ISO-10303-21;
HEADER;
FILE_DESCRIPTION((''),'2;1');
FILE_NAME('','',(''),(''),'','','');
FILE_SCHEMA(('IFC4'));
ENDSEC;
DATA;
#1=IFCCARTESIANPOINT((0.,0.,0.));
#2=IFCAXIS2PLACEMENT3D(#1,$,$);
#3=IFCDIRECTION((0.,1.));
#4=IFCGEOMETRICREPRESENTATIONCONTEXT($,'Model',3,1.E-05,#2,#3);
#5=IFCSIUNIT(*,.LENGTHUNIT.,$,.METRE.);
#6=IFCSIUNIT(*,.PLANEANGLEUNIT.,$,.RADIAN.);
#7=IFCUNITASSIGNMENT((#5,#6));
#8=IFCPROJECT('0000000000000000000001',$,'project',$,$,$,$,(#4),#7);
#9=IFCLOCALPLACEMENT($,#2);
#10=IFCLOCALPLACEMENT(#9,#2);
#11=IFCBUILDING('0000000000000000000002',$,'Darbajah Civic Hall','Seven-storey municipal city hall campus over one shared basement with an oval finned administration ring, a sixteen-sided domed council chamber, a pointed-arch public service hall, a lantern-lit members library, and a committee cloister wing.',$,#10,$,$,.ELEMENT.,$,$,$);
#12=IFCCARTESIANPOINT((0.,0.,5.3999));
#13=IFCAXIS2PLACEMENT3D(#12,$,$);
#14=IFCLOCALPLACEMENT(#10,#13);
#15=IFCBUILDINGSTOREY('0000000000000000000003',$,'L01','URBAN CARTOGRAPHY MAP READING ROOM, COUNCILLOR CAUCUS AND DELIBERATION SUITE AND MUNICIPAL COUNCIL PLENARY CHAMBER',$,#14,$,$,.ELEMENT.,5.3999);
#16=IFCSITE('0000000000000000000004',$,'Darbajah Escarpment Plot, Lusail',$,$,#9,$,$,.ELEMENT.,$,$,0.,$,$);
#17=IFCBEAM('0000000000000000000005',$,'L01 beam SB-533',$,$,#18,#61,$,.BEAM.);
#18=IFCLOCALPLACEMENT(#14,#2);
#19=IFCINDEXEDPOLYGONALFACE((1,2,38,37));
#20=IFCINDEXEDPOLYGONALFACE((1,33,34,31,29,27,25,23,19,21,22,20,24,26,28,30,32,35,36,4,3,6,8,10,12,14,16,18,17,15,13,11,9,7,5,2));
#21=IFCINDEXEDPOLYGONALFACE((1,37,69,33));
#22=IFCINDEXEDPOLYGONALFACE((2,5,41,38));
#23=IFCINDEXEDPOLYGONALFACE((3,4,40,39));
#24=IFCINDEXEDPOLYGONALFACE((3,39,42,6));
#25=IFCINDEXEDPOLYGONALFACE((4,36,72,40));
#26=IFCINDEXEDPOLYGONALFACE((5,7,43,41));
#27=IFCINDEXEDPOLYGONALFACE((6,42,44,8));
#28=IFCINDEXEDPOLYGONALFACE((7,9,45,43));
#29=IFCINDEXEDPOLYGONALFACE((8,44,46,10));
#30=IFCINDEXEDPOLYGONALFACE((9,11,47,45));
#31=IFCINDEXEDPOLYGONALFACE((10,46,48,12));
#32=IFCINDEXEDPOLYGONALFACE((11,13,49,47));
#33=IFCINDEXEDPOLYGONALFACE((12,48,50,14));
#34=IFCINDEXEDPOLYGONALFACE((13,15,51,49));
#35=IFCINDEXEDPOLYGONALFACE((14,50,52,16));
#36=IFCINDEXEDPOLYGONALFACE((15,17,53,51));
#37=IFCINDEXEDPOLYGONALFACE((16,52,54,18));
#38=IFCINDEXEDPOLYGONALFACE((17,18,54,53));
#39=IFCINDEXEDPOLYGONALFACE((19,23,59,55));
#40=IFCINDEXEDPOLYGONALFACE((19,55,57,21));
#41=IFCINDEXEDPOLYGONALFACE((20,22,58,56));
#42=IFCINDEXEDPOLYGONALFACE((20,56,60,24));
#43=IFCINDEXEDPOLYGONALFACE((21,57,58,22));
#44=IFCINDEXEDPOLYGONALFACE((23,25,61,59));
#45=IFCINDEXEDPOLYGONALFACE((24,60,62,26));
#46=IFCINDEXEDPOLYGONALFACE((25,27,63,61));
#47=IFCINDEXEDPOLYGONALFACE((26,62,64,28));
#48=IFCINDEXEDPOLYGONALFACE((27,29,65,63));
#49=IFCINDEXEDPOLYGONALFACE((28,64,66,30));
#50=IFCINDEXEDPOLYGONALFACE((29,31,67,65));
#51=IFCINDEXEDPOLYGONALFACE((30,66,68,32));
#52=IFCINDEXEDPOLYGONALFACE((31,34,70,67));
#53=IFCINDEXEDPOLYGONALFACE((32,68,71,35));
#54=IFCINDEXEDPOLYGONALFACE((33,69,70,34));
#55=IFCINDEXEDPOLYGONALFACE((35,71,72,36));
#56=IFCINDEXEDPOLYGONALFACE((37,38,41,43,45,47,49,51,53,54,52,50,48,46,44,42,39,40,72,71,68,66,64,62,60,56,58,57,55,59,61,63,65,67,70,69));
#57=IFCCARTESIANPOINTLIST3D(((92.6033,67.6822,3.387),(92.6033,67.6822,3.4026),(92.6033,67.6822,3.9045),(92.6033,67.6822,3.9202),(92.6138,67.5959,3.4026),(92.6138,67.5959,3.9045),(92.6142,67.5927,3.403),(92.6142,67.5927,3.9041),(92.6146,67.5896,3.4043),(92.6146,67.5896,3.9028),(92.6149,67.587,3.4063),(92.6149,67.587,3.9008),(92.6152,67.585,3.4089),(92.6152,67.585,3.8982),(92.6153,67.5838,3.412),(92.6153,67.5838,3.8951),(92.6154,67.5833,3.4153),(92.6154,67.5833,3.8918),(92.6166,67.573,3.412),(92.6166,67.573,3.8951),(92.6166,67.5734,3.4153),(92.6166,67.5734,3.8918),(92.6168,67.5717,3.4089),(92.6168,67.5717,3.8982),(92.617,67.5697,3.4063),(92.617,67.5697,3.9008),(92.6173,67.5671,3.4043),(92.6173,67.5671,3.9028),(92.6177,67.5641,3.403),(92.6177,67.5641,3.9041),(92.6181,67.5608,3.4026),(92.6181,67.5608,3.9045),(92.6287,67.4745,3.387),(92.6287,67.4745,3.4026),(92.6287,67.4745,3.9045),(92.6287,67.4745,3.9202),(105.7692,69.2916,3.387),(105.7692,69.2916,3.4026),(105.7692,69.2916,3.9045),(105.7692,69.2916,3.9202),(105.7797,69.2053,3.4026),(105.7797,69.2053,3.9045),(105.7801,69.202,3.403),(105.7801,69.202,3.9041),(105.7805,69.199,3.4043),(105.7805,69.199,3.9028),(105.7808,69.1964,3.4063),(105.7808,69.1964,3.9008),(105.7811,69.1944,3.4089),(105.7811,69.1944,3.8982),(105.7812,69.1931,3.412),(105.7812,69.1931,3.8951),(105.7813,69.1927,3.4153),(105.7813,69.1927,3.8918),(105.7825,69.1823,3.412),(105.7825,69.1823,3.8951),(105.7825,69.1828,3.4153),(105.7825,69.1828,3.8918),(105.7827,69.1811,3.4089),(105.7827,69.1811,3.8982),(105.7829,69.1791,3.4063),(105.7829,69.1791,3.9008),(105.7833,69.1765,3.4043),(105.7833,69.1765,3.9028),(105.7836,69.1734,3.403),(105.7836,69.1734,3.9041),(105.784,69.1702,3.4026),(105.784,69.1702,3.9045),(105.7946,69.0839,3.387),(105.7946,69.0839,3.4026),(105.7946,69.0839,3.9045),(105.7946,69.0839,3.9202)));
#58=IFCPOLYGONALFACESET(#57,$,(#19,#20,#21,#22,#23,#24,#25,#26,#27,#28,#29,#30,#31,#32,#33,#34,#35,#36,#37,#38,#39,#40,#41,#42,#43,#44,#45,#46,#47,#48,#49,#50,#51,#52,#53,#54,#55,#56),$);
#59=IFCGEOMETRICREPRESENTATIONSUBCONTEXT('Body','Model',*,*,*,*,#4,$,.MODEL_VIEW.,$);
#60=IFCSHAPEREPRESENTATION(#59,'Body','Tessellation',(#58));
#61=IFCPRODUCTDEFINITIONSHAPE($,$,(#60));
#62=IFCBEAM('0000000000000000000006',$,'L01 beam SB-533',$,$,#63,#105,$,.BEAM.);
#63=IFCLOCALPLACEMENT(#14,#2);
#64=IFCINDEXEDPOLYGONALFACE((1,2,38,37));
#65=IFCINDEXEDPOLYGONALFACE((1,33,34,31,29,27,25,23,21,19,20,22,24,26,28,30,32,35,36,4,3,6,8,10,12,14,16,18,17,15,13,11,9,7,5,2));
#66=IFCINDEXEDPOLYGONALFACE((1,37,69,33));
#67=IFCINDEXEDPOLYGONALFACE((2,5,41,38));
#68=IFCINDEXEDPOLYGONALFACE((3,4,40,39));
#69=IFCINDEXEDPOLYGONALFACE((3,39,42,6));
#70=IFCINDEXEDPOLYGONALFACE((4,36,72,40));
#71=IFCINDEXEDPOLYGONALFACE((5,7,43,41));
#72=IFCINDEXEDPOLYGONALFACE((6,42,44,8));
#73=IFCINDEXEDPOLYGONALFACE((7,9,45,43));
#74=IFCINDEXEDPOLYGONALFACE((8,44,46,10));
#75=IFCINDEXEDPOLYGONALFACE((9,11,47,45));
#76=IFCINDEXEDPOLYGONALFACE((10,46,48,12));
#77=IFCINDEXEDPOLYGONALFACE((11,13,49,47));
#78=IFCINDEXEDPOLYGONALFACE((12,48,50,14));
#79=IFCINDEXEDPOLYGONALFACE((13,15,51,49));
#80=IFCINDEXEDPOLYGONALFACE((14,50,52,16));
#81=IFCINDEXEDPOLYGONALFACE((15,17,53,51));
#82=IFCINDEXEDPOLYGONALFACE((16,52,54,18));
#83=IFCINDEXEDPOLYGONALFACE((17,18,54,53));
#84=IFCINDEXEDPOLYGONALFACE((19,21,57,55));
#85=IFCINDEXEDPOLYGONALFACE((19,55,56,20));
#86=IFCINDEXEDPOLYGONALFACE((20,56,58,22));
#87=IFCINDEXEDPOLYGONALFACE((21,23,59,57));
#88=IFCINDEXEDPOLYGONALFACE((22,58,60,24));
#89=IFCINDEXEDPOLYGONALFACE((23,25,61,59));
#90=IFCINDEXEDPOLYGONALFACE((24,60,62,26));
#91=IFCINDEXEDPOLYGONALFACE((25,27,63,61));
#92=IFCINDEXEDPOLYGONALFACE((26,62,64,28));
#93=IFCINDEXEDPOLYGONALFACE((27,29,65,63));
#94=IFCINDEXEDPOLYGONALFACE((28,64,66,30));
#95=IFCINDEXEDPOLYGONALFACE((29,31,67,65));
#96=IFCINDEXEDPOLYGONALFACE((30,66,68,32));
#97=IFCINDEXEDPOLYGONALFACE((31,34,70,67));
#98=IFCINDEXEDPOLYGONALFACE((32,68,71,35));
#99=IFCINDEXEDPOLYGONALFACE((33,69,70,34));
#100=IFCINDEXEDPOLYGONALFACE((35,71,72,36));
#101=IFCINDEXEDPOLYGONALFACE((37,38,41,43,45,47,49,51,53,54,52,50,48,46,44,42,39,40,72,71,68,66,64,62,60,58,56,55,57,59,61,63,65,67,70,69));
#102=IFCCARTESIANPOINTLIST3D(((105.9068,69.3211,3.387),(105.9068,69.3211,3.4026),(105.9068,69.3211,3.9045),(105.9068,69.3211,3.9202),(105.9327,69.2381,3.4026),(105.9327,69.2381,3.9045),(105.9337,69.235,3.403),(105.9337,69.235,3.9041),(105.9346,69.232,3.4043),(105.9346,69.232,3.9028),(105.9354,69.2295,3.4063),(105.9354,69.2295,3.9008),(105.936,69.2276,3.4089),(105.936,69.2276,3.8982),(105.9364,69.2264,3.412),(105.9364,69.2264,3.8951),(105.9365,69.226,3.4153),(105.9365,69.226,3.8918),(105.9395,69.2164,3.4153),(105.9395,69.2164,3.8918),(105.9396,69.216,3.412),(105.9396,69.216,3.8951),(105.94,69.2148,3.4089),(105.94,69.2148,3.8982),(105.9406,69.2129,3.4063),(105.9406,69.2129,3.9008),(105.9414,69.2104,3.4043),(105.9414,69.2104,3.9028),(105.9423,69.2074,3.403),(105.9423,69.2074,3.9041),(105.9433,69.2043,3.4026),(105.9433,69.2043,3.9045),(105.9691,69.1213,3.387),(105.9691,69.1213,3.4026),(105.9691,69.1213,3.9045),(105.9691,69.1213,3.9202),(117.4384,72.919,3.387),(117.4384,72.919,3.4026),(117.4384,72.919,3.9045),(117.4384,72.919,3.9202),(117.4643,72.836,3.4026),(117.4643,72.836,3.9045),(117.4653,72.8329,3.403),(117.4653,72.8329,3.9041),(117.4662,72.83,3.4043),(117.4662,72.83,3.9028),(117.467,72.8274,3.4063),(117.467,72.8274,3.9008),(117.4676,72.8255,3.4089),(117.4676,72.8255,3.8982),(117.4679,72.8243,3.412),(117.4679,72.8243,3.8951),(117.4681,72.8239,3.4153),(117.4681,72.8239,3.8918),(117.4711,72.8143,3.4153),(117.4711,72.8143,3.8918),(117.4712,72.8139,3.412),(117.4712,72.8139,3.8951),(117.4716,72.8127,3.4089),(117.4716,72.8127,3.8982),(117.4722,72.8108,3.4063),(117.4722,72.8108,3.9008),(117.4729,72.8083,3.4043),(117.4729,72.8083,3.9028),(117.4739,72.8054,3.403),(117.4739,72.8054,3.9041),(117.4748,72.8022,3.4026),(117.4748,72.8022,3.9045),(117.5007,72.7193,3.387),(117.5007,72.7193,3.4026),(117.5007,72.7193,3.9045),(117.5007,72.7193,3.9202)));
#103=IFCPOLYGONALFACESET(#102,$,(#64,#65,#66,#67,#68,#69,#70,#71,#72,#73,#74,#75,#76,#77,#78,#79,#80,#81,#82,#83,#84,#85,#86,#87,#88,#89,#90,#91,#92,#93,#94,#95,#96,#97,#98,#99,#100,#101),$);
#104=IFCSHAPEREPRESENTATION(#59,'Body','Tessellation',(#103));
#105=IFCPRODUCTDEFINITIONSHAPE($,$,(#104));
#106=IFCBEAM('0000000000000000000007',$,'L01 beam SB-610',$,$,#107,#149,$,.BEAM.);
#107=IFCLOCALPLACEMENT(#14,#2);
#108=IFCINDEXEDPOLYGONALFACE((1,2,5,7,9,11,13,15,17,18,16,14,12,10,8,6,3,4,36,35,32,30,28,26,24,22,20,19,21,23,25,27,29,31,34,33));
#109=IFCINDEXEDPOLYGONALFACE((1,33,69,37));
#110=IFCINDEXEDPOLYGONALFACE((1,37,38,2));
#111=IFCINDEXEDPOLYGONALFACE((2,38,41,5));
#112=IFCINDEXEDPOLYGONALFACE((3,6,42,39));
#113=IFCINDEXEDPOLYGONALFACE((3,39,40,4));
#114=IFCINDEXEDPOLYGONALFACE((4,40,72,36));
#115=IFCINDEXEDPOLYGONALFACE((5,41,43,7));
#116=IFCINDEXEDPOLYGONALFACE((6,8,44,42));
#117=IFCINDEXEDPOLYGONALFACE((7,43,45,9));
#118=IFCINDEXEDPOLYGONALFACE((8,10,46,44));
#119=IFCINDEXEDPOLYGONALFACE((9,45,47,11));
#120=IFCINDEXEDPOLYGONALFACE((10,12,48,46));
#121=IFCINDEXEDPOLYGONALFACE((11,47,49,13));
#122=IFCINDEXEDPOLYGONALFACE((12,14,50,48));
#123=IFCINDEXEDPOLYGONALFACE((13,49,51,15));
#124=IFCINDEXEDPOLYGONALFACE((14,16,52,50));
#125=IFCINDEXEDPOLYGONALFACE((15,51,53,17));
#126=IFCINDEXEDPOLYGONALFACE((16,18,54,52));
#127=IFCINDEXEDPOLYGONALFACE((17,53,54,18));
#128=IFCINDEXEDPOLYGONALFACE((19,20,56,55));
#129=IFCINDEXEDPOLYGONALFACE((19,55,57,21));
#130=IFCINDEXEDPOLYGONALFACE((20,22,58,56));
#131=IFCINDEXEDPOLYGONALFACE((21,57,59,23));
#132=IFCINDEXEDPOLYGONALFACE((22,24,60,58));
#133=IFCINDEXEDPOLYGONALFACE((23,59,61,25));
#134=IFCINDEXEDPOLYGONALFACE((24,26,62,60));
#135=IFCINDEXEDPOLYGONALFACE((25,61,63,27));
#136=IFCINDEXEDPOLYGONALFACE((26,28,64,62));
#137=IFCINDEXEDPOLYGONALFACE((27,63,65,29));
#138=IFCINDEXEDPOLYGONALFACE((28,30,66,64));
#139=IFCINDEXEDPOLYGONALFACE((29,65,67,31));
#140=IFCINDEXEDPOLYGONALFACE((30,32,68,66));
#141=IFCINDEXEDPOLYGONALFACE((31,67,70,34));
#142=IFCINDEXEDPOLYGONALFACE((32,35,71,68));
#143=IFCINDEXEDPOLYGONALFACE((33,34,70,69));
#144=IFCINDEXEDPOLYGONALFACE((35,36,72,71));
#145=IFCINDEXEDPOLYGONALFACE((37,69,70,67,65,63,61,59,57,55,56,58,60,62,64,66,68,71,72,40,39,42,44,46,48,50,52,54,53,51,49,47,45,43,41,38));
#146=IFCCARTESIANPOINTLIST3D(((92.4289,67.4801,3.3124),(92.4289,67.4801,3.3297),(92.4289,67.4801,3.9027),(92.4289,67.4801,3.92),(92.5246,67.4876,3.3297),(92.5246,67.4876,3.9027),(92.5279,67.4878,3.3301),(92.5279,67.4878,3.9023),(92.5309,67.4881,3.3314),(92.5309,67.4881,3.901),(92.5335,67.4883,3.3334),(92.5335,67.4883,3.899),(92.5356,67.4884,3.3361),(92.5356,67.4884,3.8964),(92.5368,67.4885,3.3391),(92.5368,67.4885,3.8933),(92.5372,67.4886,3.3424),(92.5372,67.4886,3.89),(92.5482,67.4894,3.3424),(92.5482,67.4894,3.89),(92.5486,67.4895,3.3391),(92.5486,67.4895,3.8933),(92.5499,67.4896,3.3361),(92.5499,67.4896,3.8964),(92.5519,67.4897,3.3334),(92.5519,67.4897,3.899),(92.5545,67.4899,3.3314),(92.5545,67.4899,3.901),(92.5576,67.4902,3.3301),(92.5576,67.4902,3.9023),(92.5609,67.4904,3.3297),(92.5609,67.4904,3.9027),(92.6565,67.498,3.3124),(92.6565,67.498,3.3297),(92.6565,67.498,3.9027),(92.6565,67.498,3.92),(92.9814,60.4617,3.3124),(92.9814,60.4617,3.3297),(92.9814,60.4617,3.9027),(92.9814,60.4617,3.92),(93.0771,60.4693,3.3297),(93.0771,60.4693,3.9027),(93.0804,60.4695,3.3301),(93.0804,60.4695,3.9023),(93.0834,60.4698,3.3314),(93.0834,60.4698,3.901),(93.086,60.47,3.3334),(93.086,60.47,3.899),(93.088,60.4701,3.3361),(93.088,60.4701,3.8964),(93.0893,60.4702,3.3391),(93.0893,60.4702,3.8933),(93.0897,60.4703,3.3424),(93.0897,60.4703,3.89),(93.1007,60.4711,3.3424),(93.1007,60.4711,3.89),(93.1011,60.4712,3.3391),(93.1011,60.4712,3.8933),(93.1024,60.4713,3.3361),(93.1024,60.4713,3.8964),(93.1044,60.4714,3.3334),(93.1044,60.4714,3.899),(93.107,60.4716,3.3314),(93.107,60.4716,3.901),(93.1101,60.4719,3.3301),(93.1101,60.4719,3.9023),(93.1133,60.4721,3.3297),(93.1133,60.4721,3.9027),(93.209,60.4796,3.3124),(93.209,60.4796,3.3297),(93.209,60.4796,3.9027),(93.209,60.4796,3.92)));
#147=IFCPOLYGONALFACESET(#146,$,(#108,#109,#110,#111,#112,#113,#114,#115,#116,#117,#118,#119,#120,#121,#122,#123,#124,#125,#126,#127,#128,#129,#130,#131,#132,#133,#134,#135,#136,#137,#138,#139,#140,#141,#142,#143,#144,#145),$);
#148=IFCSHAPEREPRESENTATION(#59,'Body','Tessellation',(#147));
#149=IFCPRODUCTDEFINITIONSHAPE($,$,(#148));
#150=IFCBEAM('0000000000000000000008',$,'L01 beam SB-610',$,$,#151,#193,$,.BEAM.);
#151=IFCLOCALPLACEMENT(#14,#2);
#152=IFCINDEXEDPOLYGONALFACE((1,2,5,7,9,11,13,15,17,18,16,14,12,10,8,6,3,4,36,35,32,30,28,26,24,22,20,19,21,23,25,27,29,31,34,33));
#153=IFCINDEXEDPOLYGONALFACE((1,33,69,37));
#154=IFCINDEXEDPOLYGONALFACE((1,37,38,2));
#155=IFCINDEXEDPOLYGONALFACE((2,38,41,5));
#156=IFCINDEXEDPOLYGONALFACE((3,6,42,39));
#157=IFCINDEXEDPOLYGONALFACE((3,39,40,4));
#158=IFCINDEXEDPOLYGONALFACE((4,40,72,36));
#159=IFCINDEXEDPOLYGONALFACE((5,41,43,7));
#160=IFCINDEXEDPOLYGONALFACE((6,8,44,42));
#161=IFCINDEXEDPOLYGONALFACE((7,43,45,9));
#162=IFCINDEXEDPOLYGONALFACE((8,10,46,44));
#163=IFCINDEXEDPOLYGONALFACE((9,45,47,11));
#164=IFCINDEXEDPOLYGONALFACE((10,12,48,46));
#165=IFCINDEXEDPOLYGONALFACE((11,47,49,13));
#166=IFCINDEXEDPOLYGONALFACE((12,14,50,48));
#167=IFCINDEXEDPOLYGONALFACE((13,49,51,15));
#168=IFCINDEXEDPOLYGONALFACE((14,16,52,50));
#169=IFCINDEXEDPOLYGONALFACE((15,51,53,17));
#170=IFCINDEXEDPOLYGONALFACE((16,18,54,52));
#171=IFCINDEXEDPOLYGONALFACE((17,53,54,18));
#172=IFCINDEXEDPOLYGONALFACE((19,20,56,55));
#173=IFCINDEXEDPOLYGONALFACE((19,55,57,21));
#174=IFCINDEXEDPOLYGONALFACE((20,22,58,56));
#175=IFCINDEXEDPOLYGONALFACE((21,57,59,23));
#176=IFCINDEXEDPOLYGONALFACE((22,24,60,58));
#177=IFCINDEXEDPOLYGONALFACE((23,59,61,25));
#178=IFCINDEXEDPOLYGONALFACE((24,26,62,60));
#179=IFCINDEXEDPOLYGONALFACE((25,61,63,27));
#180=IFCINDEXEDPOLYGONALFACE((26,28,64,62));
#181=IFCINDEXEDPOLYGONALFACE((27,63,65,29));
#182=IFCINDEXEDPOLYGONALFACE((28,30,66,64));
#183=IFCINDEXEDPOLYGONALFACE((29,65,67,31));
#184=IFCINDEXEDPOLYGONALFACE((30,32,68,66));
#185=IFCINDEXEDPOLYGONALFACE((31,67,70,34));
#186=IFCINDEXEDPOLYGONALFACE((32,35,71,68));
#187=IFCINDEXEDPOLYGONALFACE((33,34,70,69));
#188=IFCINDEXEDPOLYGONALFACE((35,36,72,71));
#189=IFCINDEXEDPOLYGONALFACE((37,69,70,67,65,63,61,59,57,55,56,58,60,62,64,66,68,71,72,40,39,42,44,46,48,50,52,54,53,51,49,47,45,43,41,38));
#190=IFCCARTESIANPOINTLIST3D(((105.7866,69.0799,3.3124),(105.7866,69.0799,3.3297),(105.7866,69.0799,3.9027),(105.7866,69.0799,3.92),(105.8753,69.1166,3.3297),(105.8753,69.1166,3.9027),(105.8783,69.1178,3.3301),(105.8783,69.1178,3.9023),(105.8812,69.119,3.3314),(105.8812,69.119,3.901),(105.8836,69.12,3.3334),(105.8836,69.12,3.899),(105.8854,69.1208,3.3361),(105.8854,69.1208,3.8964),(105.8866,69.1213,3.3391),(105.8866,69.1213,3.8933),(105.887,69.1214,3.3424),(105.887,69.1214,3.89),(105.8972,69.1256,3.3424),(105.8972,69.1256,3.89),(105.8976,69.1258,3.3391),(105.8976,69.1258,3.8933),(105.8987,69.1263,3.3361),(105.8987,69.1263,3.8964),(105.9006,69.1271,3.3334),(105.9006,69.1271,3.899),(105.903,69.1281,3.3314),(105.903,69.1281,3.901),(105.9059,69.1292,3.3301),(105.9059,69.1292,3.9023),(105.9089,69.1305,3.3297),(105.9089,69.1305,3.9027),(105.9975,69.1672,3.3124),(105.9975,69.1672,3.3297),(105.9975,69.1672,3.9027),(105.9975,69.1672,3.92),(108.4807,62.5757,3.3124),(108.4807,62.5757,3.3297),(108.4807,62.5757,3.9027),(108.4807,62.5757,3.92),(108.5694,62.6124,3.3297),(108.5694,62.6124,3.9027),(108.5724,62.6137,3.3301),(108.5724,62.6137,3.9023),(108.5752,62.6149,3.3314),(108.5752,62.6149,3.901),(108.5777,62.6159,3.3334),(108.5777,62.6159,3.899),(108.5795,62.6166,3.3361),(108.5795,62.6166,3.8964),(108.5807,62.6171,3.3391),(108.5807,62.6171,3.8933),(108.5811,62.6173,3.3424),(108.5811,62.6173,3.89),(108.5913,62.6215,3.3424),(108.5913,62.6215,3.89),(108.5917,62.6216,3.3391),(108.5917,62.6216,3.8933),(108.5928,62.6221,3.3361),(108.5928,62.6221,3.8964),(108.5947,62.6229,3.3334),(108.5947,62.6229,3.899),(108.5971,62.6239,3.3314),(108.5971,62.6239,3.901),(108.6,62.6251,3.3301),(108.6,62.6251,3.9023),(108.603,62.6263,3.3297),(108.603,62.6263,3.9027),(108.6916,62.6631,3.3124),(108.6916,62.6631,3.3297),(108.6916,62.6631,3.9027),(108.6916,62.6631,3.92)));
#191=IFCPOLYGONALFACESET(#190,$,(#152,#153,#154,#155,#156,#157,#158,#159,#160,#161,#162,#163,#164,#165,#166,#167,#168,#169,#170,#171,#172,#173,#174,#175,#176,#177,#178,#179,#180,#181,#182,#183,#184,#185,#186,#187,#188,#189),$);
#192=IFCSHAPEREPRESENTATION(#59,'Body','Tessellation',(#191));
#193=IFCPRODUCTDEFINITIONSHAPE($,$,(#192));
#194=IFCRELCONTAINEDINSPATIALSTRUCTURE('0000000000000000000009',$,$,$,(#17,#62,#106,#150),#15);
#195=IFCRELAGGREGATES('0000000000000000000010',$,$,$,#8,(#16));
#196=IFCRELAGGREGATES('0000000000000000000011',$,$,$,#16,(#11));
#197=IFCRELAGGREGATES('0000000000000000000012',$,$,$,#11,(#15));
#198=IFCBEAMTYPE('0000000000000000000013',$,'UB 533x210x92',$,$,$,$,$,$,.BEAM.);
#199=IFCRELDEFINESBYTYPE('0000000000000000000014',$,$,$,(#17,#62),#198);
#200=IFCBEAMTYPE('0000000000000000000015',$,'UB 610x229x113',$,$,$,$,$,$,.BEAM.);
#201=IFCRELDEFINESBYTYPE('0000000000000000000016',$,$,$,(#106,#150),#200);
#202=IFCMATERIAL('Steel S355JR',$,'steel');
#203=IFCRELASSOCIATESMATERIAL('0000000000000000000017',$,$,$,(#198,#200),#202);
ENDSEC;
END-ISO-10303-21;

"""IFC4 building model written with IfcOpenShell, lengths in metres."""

from ifc_helpers import new_model, si_unit, direction, frame, origin, origin_2d, place, context, subcontext, project, spatial, i_section, extrude, material, material_profile, profile_set, type_object, element, save


model = new_model("IFC4")

# Units and contexts
model_context = context("Model", 3, precision=1e-05, world=origin(), true_north=direction((0.0, 1.0)))
body_context = subcontext(model_context, "Body", "Model", "MODEL_VIEW")
ifc_project = project(units=[si_unit("LENGTHUNIT", "METRE"), si_unit("PLANEANGLEUNIT", "RADIAN")], contexts=[model_context])

# Site, building, storey
site_placement = place(None, origin())
site = spatial("IfcSite", under=ifc_project, at=site_placement, Name="Darbajah Escarpment Plot, Lusail", CompositionType="ELEMENT", RefElevation=0.0)
building_placement = place(site_placement, origin())
building = spatial("IfcBuilding", under=site, at=building_placement, Name="Darbajah Civic Hall", Description="Seven-storey municipal city hall campus over one shared basement with an oval finned administration ring, a sixteen-sided domed council chamber, a pointed-arch public service hall, a lantern-lit members library, and a committee cloister wing.", CompositionType="ELEMENT")
storey_placement = place(building_placement, frame((0.0, 0.0, 5.3999)))
storey = spatial("IfcBuildingStorey", under=building, at=storey_placement, Name="L01", Description="URBAN CARTOGRAPHY MAP READING ROOM, COUNCILLOR CAUCUS AND DELIBERATION SUITE AND MUNICIPAL COUNCIL PLENARY CHAMBER", CompositionType="ELEMENT", Elevation=5.3999)

# Beams
ifc_material_1 = material(Name="Steel S355JR", Category="steel")
ifc_material_profile_1 = material_profile(ifc_material_1, i_section(OverallWidth=0.2092, OverallDepth=0.5332, WebThickness=0.01, FlangeThickness=0.0156, FilletRadius=0.0127, at=origin_2d()), Name="UB 533x210x92")
ifc_profile_set_1 = profile_set([ifc_material_profile_1], Name="Steel S355JR")
beam_type_1 = type_object("IfcBeamType", Name="UB 533x210x92", PredefinedType="BEAM", material=ifc_profile_set_1)
beam_1_placement = place(storey_placement, frame((92.616, 67.5784, 3.6536), z_axis=(0.992612, 0.121334, 0.0), x_axis=(-0.121334, 0.992612, 0.0)))
element("IfcBeam", 1, at=beam_1_placement, inside=storey, type_object=beam_type_1, Name="L01 beam SB-533", PredefinedType="BEAM", context=body_context, shape_type="SweptSolid", body=[
    extrude(i_section(OverallWidth=0.2092, OverallDepth=0.5332, WebThickness=0.01, FlangeThickness=0.0156, FilletRadius=0.0127, at=origin_2d()), origin(), (0.0, 0.0, 1.0), 13.2639),
])
beam_2_placement = place(storey_placement, frame((105.938, 69.2212, 3.6536), z_axis=(0.954614, 0.297846, 0.0), x_axis=(-0.297846, 0.954614, 0.0)))
element("IfcBeam", 2, at=beam_2_placement, inside=storey, type_object=beam_type_1, Name="L01 beam SB-533", PredefinedType="BEAM", context=body_context, shape_type="SweptSolid", body=[
    extrude(i_section(OverallWidth=0.2092, OverallDepth=0.5332, WebThickness=0.01, FlangeThickness=0.0156, FilletRadius=0.0127, at=origin_2d()), origin(), (0.0, 0.0, 1.0), 12.0798),
])
ifc_material_profile_2 = material_profile(ifc_material_1, i_section(OverallWidth=0.2283, OverallDepth=0.6077, WebThickness=0.011, FlangeThickness=0.0173, FilletRadius=0.0127, at=origin_2d()), Name="UB 610x229x113")
ifc_profile_set_2 = profile_set([ifc_material_profile_2], Name="Steel S355JR")
beam_type_2 = type_object("IfcBeamType", Name="UB 610x229x113", PredefinedType="BEAM", material=ifc_profile_set_2)
for number, where, z_axis, x_axis, name in (
    (3, (92.5427, 67.489, 3.6162), (0.078478, -0.996916, 0.0), (0.996916, 0.078478, 0.0), "L01 beam SB-610"),
    (4, (105.8921, 69.1235, 3.6162), (0.382682, -0.92388, 0.0), (0.92388, 0.382682, 0.0), "L01 beam SB-610"),
):
    element("IfcBeam", number, at=place(storey_placement, frame(where, z_axis=z_axis, x_axis=x_axis)), inside=storey, type_object=beam_type_2, Name=name, PredefinedType="BEAM", context=body_context, shape_type="SweptSolid", body=[
        extrude(i_section(OverallWidth=0.2283, OverallDepth=0.6077, WebThickness=0.011, FlangeThickness=0.0173, FilletRadius=0.0127, at=origin_2d()), origin(), (0.0, 0.0, 1.0), 7.04),
    ])

save(model, "model.ifc")
